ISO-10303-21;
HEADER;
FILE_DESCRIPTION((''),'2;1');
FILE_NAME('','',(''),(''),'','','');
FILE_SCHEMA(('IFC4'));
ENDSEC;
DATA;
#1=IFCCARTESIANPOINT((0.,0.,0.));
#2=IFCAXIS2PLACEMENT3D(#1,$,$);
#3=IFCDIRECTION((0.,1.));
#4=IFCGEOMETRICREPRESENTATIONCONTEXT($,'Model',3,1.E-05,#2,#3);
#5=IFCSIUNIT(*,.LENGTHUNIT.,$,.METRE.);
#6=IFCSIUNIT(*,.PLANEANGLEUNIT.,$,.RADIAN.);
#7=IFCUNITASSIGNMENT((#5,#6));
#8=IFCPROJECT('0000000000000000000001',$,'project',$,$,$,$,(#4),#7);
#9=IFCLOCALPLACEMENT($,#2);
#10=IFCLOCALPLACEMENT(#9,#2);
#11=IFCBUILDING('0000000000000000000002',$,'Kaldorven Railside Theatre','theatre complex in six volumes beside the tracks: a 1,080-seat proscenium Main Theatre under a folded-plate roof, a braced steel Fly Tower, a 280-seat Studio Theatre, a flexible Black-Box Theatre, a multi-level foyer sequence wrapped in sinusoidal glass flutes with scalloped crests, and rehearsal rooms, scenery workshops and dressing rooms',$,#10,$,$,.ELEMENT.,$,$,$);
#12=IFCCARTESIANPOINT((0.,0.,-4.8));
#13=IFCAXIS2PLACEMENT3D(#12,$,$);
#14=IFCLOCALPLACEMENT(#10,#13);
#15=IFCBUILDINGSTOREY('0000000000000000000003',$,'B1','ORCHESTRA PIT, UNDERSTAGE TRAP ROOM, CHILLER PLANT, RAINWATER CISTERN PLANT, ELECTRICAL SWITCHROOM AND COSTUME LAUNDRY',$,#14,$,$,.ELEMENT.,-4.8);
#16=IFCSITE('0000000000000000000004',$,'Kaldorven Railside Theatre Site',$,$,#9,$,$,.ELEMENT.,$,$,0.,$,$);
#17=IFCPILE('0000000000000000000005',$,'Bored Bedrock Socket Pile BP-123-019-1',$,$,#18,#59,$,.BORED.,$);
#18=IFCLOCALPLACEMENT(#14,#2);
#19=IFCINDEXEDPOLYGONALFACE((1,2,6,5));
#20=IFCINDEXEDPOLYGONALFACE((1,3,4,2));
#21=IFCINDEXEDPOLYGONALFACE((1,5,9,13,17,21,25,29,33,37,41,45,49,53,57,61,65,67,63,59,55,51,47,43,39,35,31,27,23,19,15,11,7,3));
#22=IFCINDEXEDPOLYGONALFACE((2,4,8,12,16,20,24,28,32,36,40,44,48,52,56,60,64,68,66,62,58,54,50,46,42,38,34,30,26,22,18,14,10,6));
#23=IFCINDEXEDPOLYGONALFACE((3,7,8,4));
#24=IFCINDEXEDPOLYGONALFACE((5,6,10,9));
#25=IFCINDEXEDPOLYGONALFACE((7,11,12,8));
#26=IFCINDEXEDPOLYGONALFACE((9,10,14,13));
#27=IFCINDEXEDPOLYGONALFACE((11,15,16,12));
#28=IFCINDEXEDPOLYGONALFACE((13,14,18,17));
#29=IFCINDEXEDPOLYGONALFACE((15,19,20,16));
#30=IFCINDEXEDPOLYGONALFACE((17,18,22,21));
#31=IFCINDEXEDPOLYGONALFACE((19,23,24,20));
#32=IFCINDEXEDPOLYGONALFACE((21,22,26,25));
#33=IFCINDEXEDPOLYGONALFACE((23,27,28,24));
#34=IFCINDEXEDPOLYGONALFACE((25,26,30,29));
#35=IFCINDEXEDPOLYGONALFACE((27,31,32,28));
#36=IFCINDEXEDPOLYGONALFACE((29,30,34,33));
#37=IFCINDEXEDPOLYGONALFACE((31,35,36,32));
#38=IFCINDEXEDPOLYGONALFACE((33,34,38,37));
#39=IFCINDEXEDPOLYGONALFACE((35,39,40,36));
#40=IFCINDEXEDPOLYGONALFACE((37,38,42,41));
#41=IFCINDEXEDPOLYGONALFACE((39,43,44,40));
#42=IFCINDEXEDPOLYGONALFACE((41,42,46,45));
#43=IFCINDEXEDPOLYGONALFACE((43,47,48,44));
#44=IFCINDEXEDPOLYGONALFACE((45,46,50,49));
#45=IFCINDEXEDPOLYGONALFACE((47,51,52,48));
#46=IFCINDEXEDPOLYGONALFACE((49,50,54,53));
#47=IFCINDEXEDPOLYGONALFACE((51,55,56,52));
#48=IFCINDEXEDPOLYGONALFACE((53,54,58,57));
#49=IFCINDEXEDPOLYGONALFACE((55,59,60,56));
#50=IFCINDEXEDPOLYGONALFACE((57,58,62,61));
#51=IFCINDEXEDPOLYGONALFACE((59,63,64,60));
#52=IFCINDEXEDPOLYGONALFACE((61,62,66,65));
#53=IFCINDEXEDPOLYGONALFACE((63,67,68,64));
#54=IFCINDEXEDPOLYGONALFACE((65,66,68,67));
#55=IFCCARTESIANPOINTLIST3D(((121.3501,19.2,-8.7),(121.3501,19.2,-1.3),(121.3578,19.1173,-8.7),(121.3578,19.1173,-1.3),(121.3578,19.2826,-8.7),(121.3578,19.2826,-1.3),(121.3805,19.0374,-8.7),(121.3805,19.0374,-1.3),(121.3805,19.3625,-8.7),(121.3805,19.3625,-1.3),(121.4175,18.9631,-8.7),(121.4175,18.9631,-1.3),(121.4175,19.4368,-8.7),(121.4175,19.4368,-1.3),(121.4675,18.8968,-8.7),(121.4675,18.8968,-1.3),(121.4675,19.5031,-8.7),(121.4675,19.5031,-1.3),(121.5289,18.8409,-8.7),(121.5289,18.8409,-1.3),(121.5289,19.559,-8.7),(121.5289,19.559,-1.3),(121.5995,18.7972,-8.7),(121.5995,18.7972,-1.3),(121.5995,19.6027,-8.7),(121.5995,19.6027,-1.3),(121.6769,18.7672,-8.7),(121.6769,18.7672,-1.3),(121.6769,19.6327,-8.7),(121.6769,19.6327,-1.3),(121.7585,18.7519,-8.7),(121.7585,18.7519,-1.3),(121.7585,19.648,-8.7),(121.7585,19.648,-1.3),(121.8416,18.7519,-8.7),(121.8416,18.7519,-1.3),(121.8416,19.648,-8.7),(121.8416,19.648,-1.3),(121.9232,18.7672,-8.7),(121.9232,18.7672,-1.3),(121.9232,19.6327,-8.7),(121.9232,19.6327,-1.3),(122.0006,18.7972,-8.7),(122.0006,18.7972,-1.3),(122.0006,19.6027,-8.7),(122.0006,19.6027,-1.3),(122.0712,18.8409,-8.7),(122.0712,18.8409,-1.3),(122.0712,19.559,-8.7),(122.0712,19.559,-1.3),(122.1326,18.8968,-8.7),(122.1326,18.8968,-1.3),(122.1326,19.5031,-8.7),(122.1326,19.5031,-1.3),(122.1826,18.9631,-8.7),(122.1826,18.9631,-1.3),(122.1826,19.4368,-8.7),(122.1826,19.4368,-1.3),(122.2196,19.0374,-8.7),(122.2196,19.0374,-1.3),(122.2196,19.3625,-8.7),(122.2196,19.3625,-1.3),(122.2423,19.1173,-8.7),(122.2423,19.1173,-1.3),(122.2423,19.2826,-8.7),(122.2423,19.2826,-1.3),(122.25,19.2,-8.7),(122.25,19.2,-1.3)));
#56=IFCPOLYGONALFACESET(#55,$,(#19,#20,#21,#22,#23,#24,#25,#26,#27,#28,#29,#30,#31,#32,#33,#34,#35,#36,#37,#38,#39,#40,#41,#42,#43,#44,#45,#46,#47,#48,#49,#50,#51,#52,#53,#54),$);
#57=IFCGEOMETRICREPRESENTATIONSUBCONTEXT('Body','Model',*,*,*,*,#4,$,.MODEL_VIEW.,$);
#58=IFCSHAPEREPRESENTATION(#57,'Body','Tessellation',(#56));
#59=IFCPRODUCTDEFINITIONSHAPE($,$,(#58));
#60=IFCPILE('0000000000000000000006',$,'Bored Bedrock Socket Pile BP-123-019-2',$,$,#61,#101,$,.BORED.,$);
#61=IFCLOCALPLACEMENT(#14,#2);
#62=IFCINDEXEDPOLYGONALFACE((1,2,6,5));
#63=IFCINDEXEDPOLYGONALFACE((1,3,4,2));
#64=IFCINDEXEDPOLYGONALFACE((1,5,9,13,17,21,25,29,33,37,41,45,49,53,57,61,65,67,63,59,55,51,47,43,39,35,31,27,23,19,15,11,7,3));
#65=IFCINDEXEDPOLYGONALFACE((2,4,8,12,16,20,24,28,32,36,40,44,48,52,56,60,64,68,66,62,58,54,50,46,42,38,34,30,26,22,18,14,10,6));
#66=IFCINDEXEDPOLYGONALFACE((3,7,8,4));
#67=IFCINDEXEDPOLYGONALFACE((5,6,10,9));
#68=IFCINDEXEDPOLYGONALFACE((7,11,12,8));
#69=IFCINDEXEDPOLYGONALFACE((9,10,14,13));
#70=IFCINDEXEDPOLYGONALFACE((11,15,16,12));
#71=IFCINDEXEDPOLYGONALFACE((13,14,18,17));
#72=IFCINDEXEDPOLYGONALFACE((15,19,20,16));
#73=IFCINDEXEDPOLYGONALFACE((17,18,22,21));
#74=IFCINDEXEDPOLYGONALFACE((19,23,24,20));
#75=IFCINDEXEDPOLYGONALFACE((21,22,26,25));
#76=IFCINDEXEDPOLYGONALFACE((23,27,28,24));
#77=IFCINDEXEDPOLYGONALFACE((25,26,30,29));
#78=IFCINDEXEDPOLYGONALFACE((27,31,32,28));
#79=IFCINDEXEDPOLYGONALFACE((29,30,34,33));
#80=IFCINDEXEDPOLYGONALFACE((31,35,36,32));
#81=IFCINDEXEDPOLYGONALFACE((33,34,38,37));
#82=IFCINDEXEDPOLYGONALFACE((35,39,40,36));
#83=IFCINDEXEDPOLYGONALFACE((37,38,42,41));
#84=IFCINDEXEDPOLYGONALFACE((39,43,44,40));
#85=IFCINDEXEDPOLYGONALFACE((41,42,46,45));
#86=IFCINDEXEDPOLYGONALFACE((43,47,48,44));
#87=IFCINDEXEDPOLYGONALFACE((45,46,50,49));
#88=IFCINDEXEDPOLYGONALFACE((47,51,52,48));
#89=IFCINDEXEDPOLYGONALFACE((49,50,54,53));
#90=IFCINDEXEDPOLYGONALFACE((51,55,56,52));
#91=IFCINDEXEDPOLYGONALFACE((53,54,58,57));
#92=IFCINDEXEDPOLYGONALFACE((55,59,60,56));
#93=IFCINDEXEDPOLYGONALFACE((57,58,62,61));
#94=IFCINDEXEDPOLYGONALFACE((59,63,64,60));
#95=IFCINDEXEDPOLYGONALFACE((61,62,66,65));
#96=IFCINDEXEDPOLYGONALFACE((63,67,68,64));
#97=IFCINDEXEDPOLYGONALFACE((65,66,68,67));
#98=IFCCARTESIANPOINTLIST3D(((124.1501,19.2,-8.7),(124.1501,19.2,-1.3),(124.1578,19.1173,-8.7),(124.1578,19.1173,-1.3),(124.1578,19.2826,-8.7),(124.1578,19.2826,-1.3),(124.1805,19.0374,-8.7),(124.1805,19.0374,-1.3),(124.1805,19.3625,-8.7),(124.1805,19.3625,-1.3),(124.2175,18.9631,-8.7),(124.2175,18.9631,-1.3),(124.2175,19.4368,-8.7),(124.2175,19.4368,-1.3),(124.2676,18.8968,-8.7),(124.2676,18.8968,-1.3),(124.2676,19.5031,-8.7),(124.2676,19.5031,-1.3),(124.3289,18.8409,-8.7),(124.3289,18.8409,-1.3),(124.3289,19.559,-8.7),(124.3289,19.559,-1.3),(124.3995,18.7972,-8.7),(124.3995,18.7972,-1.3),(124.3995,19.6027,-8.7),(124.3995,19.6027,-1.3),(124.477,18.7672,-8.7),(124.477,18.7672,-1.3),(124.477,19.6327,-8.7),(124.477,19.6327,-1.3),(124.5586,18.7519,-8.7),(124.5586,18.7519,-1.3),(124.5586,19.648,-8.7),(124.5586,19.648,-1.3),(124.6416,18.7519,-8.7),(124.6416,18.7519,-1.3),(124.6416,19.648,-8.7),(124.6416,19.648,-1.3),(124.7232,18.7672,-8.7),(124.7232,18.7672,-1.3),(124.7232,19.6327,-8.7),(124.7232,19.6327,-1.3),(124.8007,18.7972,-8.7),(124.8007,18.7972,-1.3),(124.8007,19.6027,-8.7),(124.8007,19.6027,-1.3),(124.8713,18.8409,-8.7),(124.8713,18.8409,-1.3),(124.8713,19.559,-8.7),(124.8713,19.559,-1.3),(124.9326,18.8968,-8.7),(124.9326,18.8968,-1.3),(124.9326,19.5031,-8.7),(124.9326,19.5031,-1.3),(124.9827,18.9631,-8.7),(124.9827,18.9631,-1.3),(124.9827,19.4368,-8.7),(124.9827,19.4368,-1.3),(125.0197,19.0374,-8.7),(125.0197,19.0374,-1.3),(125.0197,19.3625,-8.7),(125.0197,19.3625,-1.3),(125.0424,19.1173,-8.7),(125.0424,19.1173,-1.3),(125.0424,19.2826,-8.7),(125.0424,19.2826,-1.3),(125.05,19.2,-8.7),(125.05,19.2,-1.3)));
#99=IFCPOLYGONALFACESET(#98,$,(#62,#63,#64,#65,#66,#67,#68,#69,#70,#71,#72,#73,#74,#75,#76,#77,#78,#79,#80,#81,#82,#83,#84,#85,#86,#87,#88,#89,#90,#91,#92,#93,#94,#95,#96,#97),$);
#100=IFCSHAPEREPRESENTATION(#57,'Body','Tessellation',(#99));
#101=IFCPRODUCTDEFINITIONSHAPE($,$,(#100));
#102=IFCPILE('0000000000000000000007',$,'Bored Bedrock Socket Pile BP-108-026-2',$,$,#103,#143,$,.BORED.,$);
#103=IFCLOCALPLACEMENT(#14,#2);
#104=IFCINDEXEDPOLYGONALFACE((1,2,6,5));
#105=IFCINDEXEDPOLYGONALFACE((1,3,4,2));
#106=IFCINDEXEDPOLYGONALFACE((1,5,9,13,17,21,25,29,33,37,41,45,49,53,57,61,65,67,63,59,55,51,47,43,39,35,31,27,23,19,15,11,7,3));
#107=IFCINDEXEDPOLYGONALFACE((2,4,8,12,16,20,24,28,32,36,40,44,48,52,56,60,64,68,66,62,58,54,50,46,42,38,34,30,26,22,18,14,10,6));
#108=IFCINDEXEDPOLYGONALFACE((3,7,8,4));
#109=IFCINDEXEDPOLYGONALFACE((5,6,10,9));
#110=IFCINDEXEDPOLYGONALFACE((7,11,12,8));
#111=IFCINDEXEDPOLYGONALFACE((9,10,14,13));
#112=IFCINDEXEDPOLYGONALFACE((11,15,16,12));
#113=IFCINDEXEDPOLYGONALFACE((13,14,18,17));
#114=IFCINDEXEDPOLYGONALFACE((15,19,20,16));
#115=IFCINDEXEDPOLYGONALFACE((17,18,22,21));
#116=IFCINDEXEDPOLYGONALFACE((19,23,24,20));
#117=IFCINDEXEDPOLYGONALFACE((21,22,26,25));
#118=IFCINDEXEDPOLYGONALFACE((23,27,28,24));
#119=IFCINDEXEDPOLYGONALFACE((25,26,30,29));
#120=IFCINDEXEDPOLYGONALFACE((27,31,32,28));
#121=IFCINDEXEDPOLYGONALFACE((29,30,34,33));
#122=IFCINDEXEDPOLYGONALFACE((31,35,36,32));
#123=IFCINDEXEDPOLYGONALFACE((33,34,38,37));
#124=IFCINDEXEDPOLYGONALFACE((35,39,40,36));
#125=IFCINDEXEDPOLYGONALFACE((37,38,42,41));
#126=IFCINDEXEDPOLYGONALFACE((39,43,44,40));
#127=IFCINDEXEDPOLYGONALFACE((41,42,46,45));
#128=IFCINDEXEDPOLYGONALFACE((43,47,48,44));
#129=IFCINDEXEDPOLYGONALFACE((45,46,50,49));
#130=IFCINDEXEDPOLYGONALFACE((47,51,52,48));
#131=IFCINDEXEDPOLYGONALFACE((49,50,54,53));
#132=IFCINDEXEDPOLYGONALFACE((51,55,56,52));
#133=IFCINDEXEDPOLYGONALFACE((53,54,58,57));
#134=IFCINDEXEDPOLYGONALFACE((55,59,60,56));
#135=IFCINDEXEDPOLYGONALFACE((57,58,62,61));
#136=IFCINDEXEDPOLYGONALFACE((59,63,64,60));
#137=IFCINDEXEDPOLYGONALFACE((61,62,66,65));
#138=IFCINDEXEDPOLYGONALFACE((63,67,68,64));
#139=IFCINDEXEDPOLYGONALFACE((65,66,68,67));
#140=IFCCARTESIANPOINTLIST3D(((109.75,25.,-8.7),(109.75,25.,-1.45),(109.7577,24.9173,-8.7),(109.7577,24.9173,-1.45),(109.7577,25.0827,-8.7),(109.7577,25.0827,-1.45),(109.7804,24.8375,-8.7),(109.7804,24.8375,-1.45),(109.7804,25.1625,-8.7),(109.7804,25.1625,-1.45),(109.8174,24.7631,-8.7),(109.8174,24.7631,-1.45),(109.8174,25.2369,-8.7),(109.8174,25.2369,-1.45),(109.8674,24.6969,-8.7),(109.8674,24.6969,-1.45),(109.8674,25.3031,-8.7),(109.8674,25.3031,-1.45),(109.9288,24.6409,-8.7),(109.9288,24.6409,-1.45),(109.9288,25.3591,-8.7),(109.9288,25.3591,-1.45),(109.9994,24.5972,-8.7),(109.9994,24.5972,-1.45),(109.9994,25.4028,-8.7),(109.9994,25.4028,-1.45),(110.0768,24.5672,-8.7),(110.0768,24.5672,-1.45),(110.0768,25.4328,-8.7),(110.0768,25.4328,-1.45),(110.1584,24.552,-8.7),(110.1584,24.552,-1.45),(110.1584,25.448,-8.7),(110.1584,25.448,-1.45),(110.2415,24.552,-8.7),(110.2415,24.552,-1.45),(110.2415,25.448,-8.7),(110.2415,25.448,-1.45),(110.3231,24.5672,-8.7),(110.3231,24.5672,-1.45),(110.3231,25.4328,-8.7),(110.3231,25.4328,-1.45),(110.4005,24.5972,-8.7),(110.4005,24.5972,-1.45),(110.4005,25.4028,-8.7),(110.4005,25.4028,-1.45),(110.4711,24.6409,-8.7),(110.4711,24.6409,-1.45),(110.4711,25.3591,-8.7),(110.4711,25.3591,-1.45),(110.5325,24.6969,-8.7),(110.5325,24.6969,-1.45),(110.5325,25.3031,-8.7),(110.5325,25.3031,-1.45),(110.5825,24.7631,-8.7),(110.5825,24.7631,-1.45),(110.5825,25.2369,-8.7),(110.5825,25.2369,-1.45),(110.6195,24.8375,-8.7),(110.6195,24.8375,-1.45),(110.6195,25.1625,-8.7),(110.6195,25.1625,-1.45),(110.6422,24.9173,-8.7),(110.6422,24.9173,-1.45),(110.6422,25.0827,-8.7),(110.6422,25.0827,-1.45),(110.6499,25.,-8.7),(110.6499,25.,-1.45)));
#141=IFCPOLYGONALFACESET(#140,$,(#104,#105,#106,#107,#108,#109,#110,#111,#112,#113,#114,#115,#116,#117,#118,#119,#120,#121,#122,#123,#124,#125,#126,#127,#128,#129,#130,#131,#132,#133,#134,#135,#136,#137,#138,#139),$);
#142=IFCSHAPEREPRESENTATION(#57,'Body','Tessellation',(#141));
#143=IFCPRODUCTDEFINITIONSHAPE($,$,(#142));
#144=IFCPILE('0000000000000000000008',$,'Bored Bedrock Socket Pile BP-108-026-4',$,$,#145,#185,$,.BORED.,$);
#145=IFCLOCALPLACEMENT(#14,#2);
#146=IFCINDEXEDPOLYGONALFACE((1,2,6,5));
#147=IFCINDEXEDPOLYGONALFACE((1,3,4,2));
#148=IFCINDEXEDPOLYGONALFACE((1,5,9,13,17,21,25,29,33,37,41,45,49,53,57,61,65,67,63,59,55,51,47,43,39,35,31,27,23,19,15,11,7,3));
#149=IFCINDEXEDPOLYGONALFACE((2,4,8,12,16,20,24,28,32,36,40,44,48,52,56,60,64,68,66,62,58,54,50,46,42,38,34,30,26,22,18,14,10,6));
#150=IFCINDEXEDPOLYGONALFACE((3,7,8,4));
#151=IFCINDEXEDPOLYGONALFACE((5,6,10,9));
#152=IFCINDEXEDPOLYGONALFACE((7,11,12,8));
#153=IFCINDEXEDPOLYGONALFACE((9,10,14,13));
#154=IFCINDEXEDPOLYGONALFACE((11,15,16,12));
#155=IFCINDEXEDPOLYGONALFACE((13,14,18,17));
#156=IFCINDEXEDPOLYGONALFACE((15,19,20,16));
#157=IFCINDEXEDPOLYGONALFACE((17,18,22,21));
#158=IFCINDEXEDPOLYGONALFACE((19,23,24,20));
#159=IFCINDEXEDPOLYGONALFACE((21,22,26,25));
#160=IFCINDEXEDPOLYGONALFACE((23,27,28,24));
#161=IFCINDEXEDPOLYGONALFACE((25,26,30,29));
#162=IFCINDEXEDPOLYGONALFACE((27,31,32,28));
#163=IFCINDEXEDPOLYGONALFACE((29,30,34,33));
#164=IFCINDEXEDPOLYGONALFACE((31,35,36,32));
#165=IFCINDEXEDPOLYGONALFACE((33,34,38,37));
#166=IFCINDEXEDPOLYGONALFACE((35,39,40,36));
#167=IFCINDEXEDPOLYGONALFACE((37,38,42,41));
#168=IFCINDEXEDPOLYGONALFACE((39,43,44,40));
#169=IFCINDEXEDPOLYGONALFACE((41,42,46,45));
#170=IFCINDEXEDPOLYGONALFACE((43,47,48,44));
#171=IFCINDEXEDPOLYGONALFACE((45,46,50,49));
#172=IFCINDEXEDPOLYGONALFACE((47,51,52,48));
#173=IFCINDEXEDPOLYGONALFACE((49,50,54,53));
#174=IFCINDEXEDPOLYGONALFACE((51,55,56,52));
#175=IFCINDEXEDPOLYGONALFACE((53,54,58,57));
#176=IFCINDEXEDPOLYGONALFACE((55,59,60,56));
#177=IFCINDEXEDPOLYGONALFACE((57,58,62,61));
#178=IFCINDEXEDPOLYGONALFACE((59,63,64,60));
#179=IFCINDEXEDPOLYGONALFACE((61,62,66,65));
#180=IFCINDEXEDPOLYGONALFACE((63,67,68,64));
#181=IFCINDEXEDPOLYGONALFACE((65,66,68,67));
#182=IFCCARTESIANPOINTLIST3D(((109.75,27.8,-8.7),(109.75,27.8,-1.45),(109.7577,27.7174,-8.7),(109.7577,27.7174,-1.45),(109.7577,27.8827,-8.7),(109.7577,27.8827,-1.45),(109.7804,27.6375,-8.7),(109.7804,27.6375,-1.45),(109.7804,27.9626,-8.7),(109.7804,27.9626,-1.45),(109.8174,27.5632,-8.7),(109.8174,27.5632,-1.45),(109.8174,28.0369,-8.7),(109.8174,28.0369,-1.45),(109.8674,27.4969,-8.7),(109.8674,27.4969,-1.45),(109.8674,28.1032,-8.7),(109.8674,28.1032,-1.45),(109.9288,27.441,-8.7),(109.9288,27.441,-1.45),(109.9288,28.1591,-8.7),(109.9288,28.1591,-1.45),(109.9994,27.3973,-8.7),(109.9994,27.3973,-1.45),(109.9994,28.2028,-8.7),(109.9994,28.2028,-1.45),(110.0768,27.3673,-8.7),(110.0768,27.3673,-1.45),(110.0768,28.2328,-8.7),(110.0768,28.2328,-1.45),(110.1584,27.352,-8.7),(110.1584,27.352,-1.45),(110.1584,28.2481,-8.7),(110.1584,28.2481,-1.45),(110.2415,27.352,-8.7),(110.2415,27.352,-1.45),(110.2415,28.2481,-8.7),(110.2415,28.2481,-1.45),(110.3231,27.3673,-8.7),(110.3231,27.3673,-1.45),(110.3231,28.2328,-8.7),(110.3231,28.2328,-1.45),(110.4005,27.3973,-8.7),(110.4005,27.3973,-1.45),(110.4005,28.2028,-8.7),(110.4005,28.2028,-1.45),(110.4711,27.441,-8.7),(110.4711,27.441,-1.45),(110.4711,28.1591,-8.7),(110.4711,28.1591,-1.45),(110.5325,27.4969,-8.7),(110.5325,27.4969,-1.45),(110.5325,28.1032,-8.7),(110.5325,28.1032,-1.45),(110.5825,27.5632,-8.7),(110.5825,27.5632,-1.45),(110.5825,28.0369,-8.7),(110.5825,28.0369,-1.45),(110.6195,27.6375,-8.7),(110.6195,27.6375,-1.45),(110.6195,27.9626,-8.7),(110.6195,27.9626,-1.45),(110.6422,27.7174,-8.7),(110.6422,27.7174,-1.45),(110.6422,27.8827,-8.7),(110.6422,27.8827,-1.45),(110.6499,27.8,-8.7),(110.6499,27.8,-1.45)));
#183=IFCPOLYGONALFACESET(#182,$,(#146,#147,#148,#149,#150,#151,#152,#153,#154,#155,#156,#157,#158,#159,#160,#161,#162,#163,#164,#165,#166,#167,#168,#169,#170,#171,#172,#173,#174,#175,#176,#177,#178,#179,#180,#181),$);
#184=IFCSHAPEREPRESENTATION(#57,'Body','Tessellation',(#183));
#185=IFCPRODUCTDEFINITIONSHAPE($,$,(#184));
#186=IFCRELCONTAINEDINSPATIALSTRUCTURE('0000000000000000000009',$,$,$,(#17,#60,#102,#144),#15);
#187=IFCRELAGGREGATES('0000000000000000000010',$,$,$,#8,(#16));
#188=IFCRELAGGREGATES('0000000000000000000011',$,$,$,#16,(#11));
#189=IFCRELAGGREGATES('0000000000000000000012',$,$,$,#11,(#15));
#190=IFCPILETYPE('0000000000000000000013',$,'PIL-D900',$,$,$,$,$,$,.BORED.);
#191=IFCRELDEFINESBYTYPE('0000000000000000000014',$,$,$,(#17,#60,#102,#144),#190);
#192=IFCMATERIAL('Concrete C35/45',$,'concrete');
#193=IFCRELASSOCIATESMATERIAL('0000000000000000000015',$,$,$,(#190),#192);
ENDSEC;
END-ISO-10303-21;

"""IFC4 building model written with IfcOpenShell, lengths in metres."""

from ifc_helpers import new_model, si_unit, direction, frame, origin, origin_2d, place, context, subcontext, project, spatial, circle, extrude, material, material_profile, profile_set, type_object, element, save


model = new_model("IFC4")

# Units and contexts
model_context = context("Model", 3, precision=1e-05, world=origin(), true_north=direction((0.0, 1.0)))
body_context = subcontext(model_context, "Body", "Model", "MODEL_VIEW")
ifc_project = project(units=[si_unit("LENGTHUNIT", "METRE"), si_unit("PLANEANGLEUNIT", "RADIAN")], contexts=[model_context])

# Site, building, storey
site_placement = place(None, origin())
site = spatial("IfcSite", under=ifc_project, at=site_placement, Name="Kaldorven Railside Theatre Site", CompositionType="ELEMENT", RefElevation=0.0)
building_placement = place(site_placement, origin())
building = spatial("IfcBuilding", under=site, at=building_placement, Name="Kaldorven Railside Theatre", Description="theatre complex in six volumes beside the tracks: a 1,080-seat proscenium Main Theatre under a folded-plate roof, a braced steel Fly Tower, a 280-seat Studio Theatre, a flexible Black-Box Theatre, a multi-level foyer sequence wrapped in sinusoidal glass flutes with scalloped crests, and rehearsal rooms, scenery workshops and dressing rooms", CompositionType="ELEMENT")
storey_placement = place(building_placement, frame((0.0, 0.0, -4.8)))
storey = spatial("IfcBuildingStorey", under=building, at=storey_placement, Name="B1", Description="ORCHESTRA PIT, UNDERSTAGE TRAP ROOM, CHILLER PLANT, RAINWATER CISTERN PLANT, ELECTRICAL SWITCHROOM AND COSTUME LAUNDRY", CompositionType="ELEMENT", Elevation=-4.8)

# Piles
ifc_material_1 = material(Name="Concrete C35/45", Category="concrete")
ifc_material_profile_1 = material_profile(ifc_material_1, circle(Radius=0.45, at=origin_2d()), Name="BP D900")
ifc_profile_set_1 = profile_set([ifc_material_profile_1], Name="Concrete C35/45")
pile_type_1 = type_object("IfcPileType", Name="PIL-D900", PredefinedType="BORED", material=ifc_profile_set_1)
for number, where, z_axis, x_axis, name in (
    (1, (121.8, 19.2, -1.3), (0.0, 0.0, -1.0), (1.0, 0.0, 0.0), "Bored Bedrock Socket Pile BP-123-019-1"),
    (2, (124.6001, 19.2, -1.3), (0.0, 0.0, -1.0), (1.0, 0.0, 0.0), "Bored Bedrock Socket Pile BP-123-019-2"),
):
    element("IfcPile", number, at=place(storey_placement, frame(where, z_axis=z_axis, x_axis=x_axis)), inside=storey, type_object=pile_type_1, Name=name, PredefinedType="BORED", context=body_context, shape_type="SweptSolid", body=[
        extrude(circle(Radius=0.45, at=origin_2d()), origin(), (0.0, 0.0, 1.0), 7.3999),
    ])
for number, where, z_axis, x_axis, name in (
    (3, (110.2, 25.0, -1.45), (0.0, 0.0, -1.0), (1.0, 0.0, 0.0), "Bored Bedrock Socket Pile BP-108-026-2"),
    (4, (110.2, 27.8, -1.45), (0.0, 0.0, -1.0), (1.0, 0.0, 0.0), "Bored Bedrock Socket Pile BP-108-026-4"),
):
    element("IfcPile", number, at=place(storey_placement, frame(where, z_axis=z_axis, x_axis=x_axis)), inside=storey, type_object=pile_type_1, Name=name, PredefinedType="BORED", context=body_context, shape_type="SweptSolid", body=[
        extrude(circle(Radius=0.45, at=origin_2d()), origin(), (0.0, 0.0, 1.0), 7.25),
    ])

save(model, "model.ifc")
